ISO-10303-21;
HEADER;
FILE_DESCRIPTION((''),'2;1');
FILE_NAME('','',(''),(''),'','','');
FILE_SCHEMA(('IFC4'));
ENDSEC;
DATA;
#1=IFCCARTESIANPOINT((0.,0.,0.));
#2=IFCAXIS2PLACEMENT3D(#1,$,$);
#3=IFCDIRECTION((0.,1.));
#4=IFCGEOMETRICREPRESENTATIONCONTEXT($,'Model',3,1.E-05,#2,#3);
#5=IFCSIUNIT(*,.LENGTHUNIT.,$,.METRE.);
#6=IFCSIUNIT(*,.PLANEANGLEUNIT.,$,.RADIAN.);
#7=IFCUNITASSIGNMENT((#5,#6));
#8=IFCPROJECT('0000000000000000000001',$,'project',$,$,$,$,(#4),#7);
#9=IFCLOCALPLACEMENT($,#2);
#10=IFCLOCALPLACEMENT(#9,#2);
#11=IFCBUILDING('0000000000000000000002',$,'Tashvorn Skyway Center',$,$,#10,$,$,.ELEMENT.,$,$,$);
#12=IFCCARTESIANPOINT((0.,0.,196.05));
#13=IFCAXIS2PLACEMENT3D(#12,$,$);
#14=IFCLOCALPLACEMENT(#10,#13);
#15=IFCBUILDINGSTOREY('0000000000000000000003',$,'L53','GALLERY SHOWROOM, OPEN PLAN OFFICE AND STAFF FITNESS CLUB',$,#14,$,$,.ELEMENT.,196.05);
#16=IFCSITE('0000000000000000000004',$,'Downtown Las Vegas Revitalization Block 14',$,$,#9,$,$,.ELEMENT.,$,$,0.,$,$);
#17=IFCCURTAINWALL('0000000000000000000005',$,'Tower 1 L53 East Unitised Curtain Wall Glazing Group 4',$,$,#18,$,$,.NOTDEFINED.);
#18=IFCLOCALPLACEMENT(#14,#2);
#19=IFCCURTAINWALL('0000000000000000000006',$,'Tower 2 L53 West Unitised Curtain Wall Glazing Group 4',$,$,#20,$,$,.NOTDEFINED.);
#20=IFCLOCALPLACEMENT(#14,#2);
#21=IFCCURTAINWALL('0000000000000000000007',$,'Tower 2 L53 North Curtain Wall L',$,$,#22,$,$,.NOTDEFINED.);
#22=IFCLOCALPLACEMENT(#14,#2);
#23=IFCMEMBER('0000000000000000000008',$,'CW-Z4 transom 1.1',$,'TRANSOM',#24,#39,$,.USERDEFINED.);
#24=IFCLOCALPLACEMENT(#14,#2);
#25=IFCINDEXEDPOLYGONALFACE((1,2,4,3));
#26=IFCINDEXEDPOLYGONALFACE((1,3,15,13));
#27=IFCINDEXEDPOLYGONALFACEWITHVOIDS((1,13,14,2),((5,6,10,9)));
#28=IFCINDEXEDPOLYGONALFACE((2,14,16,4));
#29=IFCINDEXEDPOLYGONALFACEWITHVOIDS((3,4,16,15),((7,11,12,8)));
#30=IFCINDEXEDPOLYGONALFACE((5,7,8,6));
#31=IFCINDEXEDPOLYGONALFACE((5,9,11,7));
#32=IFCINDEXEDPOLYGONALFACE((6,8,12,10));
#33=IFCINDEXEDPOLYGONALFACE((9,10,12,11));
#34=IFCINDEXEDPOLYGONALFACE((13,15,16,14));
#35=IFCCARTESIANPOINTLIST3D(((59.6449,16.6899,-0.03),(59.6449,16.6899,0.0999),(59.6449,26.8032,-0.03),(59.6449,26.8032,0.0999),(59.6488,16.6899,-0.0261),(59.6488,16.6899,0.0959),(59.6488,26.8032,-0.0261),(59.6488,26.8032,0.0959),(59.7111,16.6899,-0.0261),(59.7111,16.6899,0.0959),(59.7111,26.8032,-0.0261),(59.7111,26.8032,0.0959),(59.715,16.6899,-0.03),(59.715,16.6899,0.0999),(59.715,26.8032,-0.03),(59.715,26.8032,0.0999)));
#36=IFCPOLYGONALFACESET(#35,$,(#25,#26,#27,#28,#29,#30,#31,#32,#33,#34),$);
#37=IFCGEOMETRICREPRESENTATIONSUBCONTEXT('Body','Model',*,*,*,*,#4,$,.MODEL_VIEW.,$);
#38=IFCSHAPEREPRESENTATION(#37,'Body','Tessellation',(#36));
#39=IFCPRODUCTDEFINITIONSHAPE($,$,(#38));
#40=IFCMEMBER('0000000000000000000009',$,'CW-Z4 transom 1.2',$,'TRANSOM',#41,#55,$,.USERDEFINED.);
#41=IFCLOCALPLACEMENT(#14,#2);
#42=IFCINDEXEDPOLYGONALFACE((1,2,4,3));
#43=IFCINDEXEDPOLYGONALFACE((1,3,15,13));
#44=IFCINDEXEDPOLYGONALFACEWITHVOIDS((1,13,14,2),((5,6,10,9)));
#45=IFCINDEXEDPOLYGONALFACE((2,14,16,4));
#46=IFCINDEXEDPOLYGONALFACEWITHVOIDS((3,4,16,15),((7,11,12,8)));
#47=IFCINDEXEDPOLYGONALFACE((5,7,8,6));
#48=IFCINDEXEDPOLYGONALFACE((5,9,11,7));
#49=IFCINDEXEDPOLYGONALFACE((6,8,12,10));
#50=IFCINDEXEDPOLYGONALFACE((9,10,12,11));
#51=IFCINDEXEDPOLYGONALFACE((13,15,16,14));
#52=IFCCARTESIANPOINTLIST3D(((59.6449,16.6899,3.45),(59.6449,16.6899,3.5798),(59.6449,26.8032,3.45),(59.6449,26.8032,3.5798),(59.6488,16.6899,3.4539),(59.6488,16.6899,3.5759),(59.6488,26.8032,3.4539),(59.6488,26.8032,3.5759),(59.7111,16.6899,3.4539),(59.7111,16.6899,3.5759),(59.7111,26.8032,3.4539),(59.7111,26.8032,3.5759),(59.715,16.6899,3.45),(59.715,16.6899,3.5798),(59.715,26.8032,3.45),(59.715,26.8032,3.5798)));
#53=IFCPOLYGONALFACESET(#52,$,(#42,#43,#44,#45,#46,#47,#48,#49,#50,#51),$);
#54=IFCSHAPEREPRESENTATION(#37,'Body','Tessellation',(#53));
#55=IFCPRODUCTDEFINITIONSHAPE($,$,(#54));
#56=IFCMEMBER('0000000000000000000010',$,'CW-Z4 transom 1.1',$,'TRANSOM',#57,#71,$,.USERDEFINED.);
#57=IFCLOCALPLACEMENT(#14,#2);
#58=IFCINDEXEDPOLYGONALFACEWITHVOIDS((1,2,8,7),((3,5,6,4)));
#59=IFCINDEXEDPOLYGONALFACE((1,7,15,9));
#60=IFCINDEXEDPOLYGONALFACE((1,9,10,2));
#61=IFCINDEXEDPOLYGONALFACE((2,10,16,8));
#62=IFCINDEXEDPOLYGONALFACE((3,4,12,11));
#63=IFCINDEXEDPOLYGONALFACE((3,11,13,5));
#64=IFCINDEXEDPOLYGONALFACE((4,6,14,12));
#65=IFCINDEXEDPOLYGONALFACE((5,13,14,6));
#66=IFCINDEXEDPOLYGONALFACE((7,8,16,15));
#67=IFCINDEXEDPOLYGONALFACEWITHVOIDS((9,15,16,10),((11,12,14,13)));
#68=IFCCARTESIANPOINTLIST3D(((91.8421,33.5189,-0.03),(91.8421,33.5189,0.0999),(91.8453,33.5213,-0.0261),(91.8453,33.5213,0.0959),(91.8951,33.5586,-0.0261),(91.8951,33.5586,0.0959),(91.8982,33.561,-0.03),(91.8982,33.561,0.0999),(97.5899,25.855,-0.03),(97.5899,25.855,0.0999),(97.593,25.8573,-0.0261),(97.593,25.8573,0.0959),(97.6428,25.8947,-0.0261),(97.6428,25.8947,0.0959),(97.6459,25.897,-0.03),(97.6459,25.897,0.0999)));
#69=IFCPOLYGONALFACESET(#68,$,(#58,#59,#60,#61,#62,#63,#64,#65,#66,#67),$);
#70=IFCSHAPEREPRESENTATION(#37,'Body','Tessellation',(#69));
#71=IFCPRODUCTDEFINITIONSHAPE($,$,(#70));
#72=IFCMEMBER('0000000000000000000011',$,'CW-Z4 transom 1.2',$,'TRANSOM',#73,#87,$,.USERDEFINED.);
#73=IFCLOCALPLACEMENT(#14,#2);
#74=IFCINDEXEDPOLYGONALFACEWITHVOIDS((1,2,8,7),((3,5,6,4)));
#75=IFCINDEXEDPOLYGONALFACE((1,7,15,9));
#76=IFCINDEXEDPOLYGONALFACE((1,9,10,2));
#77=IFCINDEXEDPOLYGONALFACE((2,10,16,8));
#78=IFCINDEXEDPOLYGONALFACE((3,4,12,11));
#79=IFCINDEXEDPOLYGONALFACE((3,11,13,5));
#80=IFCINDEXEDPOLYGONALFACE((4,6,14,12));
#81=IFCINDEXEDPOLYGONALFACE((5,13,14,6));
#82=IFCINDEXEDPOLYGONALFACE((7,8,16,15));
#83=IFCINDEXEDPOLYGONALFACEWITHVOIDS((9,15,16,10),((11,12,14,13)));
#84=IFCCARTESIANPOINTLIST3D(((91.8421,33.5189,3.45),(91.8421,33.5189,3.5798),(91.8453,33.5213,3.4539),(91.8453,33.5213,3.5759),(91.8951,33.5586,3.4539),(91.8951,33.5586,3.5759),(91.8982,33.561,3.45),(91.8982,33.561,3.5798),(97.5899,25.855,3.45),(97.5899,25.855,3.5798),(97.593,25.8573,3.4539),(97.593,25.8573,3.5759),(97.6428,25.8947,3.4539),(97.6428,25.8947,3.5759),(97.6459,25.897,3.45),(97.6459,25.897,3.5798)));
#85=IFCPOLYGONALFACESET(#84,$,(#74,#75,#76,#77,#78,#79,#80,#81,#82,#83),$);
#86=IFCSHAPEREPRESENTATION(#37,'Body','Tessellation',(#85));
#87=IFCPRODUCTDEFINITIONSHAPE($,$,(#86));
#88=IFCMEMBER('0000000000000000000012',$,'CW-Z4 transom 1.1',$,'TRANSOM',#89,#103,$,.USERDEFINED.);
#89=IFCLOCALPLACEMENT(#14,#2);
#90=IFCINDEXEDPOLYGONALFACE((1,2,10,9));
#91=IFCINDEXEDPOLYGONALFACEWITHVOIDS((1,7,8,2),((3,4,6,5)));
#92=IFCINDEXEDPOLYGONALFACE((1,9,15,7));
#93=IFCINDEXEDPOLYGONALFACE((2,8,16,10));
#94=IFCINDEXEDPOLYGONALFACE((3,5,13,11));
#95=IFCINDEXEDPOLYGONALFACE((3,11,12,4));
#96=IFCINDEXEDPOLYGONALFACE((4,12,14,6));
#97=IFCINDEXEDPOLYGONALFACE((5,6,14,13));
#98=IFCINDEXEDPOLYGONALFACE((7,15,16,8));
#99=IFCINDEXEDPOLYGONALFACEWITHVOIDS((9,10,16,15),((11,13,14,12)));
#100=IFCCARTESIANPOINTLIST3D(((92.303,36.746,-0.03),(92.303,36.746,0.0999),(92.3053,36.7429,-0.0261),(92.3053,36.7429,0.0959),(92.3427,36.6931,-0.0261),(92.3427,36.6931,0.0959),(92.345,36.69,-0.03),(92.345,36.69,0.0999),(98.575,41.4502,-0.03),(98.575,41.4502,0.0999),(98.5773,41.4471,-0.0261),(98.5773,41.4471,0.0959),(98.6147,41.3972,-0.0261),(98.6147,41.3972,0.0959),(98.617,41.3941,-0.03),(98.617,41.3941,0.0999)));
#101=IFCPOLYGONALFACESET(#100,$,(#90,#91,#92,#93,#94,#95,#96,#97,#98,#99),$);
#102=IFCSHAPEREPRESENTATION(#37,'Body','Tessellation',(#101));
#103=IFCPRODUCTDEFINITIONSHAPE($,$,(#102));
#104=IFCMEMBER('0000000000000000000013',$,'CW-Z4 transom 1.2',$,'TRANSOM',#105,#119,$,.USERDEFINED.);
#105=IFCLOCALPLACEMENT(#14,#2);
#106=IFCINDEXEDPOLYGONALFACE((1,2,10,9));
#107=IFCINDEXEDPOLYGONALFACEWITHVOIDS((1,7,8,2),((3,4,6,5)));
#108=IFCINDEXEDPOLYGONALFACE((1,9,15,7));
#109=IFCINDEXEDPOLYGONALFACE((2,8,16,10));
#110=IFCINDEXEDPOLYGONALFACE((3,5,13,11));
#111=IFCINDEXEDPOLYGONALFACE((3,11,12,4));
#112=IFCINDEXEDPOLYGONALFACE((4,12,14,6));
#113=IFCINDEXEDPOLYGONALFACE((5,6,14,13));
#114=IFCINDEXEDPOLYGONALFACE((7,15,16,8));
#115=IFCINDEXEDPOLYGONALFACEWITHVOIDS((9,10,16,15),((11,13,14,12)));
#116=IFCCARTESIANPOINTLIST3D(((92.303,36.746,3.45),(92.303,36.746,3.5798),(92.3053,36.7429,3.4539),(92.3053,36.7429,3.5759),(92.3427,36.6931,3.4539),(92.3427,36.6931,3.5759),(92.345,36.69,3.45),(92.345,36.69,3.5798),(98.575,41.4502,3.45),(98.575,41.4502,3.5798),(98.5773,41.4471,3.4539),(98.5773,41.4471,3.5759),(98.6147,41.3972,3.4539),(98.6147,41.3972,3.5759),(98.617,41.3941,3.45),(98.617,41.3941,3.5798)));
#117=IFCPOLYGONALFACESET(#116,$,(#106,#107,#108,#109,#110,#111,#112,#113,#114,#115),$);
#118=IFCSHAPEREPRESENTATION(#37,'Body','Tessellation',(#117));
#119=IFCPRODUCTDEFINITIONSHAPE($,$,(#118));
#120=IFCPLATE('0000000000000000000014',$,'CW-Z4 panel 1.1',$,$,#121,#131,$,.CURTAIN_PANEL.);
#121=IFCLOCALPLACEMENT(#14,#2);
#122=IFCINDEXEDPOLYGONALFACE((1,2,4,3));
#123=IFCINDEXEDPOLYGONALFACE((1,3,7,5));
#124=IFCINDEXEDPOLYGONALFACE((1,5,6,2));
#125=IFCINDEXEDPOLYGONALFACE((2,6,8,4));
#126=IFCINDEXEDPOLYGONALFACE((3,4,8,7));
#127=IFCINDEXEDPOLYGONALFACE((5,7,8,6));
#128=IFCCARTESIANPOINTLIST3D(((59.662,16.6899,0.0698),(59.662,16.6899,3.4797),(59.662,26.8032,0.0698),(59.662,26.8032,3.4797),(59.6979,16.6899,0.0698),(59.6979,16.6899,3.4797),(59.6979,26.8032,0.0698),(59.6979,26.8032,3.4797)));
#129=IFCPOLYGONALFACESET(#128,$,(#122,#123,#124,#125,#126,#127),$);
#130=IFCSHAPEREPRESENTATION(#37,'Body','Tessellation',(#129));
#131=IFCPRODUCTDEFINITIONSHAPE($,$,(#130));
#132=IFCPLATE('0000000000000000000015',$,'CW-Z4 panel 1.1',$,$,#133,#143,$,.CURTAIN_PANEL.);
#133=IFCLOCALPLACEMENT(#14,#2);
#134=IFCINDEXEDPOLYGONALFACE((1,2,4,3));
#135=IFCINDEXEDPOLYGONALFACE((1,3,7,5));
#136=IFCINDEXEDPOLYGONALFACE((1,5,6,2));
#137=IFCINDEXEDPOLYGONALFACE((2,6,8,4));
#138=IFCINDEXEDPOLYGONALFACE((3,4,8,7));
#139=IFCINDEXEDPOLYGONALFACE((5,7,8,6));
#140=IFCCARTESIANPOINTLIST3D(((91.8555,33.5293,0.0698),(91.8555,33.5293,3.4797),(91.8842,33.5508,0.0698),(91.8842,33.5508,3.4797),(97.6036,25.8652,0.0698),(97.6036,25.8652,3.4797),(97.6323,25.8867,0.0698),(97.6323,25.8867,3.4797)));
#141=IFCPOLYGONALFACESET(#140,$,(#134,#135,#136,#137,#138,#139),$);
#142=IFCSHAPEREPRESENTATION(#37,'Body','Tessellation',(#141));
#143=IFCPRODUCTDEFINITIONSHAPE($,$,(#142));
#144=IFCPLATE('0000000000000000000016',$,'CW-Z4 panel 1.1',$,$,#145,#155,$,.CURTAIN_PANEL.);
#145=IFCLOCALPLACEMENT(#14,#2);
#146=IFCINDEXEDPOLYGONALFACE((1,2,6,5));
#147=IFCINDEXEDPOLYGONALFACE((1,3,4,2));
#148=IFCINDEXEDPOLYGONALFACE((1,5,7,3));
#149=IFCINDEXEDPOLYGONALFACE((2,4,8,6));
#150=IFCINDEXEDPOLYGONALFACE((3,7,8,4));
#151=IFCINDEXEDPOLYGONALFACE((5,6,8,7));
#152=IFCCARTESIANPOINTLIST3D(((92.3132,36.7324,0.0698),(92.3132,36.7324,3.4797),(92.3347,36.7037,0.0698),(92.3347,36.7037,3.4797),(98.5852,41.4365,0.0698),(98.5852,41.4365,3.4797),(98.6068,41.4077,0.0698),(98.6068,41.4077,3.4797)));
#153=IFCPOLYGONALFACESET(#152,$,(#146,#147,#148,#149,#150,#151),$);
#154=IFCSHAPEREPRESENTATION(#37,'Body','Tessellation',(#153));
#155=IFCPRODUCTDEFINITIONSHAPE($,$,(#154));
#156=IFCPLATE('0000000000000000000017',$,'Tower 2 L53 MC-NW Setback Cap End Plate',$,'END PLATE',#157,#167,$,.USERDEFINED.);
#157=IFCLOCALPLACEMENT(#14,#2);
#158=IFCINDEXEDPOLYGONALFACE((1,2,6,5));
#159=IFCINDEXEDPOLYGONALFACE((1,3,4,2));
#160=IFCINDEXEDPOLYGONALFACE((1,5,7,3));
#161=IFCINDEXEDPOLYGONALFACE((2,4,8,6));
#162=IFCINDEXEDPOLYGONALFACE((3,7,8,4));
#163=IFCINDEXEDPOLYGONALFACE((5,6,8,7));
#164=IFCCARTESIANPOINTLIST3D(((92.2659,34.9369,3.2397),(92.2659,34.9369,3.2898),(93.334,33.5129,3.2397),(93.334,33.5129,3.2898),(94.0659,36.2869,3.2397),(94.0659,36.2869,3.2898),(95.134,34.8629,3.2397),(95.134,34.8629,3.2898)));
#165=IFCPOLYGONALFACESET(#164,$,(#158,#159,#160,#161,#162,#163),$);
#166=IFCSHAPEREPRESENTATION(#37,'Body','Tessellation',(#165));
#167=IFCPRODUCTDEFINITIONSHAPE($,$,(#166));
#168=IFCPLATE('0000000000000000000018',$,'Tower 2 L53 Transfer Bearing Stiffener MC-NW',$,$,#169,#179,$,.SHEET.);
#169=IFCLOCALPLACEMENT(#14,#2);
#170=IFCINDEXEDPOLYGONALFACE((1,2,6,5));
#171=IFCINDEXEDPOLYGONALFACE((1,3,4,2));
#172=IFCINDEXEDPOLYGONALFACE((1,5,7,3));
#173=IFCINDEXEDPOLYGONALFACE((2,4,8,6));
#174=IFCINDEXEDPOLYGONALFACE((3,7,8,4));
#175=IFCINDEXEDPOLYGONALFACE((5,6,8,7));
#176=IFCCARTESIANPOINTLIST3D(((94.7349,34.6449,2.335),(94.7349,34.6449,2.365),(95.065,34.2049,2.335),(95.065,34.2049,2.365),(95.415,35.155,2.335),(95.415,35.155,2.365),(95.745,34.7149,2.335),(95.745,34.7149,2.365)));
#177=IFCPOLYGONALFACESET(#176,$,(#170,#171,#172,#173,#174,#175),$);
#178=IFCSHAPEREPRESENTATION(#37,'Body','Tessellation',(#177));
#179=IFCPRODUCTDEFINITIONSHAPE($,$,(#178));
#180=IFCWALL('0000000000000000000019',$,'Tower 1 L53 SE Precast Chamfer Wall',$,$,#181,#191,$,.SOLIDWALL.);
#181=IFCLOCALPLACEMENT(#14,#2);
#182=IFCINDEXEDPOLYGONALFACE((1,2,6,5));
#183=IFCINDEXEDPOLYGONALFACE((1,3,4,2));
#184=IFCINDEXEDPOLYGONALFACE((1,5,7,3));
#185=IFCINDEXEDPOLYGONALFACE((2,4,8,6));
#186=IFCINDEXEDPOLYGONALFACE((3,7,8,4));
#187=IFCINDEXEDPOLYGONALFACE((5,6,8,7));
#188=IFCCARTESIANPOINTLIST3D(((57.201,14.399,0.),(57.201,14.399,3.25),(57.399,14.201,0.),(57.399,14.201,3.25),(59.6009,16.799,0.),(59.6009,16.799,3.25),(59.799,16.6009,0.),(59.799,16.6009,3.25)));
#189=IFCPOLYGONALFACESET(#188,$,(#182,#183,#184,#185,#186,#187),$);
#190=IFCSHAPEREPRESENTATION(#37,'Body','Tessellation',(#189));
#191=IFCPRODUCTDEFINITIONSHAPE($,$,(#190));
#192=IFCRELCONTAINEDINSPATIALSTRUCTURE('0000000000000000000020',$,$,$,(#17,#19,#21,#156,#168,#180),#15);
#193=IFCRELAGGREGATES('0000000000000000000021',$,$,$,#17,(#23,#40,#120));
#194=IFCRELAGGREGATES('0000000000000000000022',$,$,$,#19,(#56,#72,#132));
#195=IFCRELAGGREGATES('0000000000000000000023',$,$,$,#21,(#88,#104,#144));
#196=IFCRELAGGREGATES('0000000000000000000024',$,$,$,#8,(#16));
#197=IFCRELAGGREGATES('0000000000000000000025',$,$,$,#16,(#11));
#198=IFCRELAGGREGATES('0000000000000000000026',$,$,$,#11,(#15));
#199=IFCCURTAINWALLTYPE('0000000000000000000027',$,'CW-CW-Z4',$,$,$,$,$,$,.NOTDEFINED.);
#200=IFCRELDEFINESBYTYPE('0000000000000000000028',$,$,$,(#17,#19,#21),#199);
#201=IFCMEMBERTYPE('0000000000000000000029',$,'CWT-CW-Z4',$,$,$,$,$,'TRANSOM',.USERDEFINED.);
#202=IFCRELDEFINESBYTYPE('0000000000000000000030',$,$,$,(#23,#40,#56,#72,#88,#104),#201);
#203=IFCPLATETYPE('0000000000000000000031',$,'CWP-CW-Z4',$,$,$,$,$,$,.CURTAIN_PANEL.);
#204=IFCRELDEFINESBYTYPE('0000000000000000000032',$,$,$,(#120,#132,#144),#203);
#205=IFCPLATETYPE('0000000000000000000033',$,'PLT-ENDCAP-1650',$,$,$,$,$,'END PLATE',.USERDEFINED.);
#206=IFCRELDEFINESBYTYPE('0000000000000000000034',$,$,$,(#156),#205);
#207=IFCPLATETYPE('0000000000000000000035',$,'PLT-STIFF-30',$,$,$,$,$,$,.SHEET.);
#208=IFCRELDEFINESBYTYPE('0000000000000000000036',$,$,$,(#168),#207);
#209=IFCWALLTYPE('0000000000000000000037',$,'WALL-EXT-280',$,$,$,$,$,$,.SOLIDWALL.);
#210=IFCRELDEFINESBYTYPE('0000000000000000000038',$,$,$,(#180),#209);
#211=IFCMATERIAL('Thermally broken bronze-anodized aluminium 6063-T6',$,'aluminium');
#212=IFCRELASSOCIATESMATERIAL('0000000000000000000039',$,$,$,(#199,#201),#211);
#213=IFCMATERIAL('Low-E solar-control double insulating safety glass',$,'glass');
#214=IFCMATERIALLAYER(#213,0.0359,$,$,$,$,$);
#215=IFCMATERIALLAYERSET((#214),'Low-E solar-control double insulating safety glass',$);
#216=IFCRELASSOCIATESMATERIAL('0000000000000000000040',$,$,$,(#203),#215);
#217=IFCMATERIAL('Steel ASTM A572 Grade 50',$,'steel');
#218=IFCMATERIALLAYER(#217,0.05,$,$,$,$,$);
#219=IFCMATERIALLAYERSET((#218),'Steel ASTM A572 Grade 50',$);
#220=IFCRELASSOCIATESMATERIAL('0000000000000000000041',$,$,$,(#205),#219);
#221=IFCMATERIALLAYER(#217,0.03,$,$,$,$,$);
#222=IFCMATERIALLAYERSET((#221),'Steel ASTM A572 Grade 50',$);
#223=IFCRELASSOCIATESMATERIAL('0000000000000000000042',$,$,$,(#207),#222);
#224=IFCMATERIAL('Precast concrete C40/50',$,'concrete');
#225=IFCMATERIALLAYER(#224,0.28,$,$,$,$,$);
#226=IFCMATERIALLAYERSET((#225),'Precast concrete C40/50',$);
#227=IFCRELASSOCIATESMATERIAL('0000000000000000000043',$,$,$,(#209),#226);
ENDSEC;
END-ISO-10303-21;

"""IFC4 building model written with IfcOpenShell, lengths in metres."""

from ifc_helpers import new_model, si_unit, direction, frame, frame_2d, origin, origin_2d, place, context, subcontext, project, spatial, rectangle, hollow_rectangle, extrude, material, layer, layer_set, material_profile, profile_set, type_object, element, aggregate, save


model = new_model("IFC4")

# Units and contexts
model_context = context("Model", 3, precision=1e-05, world=origin(), true_north=direction((0.0, 1.0)))
body_context = subcontext(model_context, "Body", "Model", "MODEL_VIEW")
ifc_project = project(units=[si_unit("LENGTHUNIT", "METRE"), si_unit("PLANEANGLEUNIT", "RADIAN")], contexts=[model_context])

# Site, building, storey
site_placement = place(None, origin())
site = spatial("IfcSite", under=ifc_project, at=site_placement, Name="Downtown Las Vegas Revitalization Block 14", CompositionType="ELEMENT", RefElevation=0.0)
building_placement = place(site_placement, origin())
building = spatial("IfcBuilding", under=site, at=building_placement, Name="Tashvorn Skyway Center", CompositionType="ELEMENT")
storey_placement = place(building_placement, frame((0.0, 0.0, 196.05)))
storey = spatial("IfcBuildingStorey", under=building, at=storey_placement, Name="L53", Description="GALLERY SHOWROOM, OPEN PLAN OFFICE AND STAFF FITNESS CLUB", CompositionType="ELEMENT", Elevation=196.05)

# Shared definitions
ifc_material_1 = material(Name="Steel ASTM A572 Grade 50", Category="steel")

# Curtain wall
ifc_material_2 = material(Name="Thermally broken bronze-anodized aluminium 6063-T6", Category="aluminium")
curtain_wall_type = type_object("IfcCurtainWallType", Name="CW-CW-Z4", PredefinedType="NOTDEFINED", material=ifc_material_2)
curtain_wall_1_placement = place(storey_placement, origin())
curtain_wall_1 = element("IfcCurtainWall", 1, at=curtain_wall_1_placement, inside=storey, type_object=curtain_wall_type, Name="Tower 1 L53 East Unitised Curtain Wall Glazing Group 4", PredefinedType="NOTDEFINED")

# Curtain wall
curtain_wall_2_placement = place(storey_placement, origin())
curtain_wall_2 = element("IfcCurtainWall", 2, at=curtain_wall_2_placement, inside=storey, type_object=curtain_wall_type, Name="Tower 2 L53 West Unitised Curtain Wall Glazing Group 4", PredefinedType="NOTDEFINED")

# Curtain wall
curtain_wall_3_placement = place(storey_placement, origin())
curtain_wall_3 = element("IfcCurtainWall", 3, at=curtain_wall_3_placement, inside=storey, type_object=curtain_wall_type, Name="Tower 2 L53 North Curtain Wall L", PredefinedType="NOTDEFINED")

# Members
ifc_material_profile_1 = material_profile(ifc_material_2, hollow_rectangle(XDim=0.0701, YDim=0.1299, WallThickness=0.0039, at=origin_2d()), Name="ALU-TRAN-70x130")
ifc_profile_set_1 = profile_set([ifc_material_profile_1], Name="Thermally broken bronze-anodized aluminium 6063-T6")
member_type_1 = type_object("IfcMemberType", Name="CWT-CW-Z4", ElementType="TRANSOM", PredefinedType="USERDEFINED", material=ifc_profile_set_1)
member_1_placement = place(storey_placement, frame((59.6799, 26.8032, 0.0349), z_axis=(0.0, -1.0, 0.0), x_axis=(1.0, 0.0, 0.0)))
member_1 = element("IfcMember", 4, at=member_1_placement, type_object=member_type_1, Name="CW-Z4 transom 1.1", ObjectType="TRANSOM", PredefinedType="USERDEFINED", context=body_context, shape_type="SweptSolid", body=[
    extrude(hollow_rectangle(XDim=0.0701, YDim=0.1299, WallThickness=0.0039, at=origin_2d()), origin(), (0.0, 0.0, 1.0), 10.1133),
])
member_2_placement = place(storey_placement, frame((59.6799, 26.8032, 3.5149), z_axis=(0.0, -1.0, 0.0), x_axis=(1.0, 0.0, 0.0)))
member_2 = element("IfcMember", 5, at=member_2_placement, type_object=member_type_1, Name="CW-Z4 transom 1.2", ObjectType="TRANSOM", PredefinedType="USERDEFINED", context=body_context, shape_type="SweptSolid", body=[
    extrude(hollow_rectangle(XDim=0.0701, YDim=0.1299, WallThickness=0.0039, at=origin_2d()), origin(), (0.0, 0.0, 1.0), 10.1133),
])
member_3_placement = place(storey_placement, frame((97.6179, 25.876, 0.0349), z_axis=(-0.599984, 0.800012, 0.0), x_axis=(-0.800012, -0.599984, 0.0)))
member_3 = element("IfcMember", 6, at=member_3_placement, type_object=member_type_1, Name="CW-Z4 transom 1.1", ObjectType="TRANSOM", PredefinedType="USERDEFINED", context=body_context, shape_type="SweptSolid", body=[
    extrude(hollow_rectangle(XDim=0.0701, YDim=0.1299, WallThickness=0.0039, at=origin_2d()), origin(), (0.0, 0.0, 1.0), 9.5798),
])
member_4_placement = place(storey_placement, frame((97.6179, 25.876, 3.5149), z_axis=(-0.599984, 0.800012, 0.0), x_axis=(-0.800012, -0.599984, 0.0)))
member_4 = element("IfcMember", 7, at=member_4_placement, type_object=member_type_1, Name="CW-Z4 transom 1.2", ObjectType="TRANSOM", PredefinedType="USERDEFINED", context=body_context, shape_type="SweptSolid", body=[
    extrude(hollow_rectangle(XDim=0.0701, YDim=0.1299, WallThickness=0.0039, at=origin_2d()), origin(), (0.0, 0.0, 1.0), 9.5798),
])
member_5_placement = place(storey_placement, frame((92.324, 36.718, 0.0349), z_axis=(0.799993, 0.60001, 0.0), x_axis=(-0.60001, 0.799993, 0.0)))
member_5 = element("IfcMember", 8, at=member_5_placement, type_object=member_type_1, Name="CW-Z4 transom 1.1", ObjectType="TRANSOM", PredefinedType="USERDEFINED", context=body_context, shape_type="SweptSolid", body=[
    extrude(hollow_rectangle(XDim=0.0701, YDim=0.1299, WallThickness=0.0039, at=origin_2d()), origin(), (0.0, 0.0, 1.0), 7.8401),
])
member_6_placement = place(storey_placement, frame((92.324, 36.718, 3.5149), z_axis=(0.799993, 0.60001, 0.0), x_axis=(-0.60001, 0.799993, 0.0)))
member_6 = element("IfcMember", 9, at=member_6_placement, type_object=member_type_1, Name="CW-Z4 transom 1.2", ObjectType="TRANSOM", PredefinedType="USERDEFINED", context=body_context, shape_type="SweptSolid", body=[
    extrude(hollow_rectangle(XDim=0.0701, YDim=0.1299, WallThickness=0.0039, at=origin_2d()), origin(), (0.0, 0.0, 1.0), 7.8401),
])

# Plates
ifc_material_3 = material(Name="Low-E solar-control double insulating safety glass", Category="glass")
ifc_layer_1 = layer(ifc_material_3, 0.0359)
ifc_layer_set_1 = layer_set([ifc_layer_1], Name="Low-E solar-control double insulating safety glass")
plate_type_1 = type_object("IfcPlateType", Name="CWP-CW-Z4", PredefinedType="CURTAIN_PANEL", material=ifc_layer_set_1)
plate_1_placement = place(storey_placement, frame((59.6799, 21.7466, 0.0698), z_axis=(0.0, 0.0, 1.0), x_axis=(0.0, -1.0, 0.0)))
plate_1 = element("IfcPlate", 10, at=plate_1_placement, type_object=plate_type_1, Name="CW-Z4 panel 1.1", PredefinedType="CURTAIN_PANEL", context=body_context, shape_type="SweptSolid", body=[
    extrude(rectangle(XDim=10.1133, YDim=0.0359, at=origin_2d()), origin(), (0.0, 0.0, 1.0), 3.4099),
])
aggregate(curtain_wall_1, [member_1, member_2, plate_1])
plate_2_placement = place(storey_placement, frame((94.7439, 29.708, 0.0698), z_axis=(0.0, 0.0, 1.0), x_axis=(-0.6, 0.8, 0.0)))
plate_2 = element("IfcPlate", 11, at=plate_2_placement, type_object=plate_type_1, Name="CW-Z4 panel 1.1", PredefinedType="CURTAIN_PANEL", context=body_context, shape_type="SweptSolid", body=[
    extrude(rectangle(XDim=9.5801, YDim=0.0359, at=origin_2d()), origin(), (0.0, 0.0, 1.0), 3.4099),
])
aggregate(curtain_wall_2, [member_3, member_4, plate_2])
plate_3_placement = place(storey_placement, frame((95.46, 39.0701, 0.0698), z_axis=(0.0, 0.0, 1.0), x_axis=(0.8, 0.6, 0.0)))
plate_3 = element("IfcPlate", 12, at=plate_3_placement, type_object=plate_type_1, Name="CW-Z4 panel 1.1", PredefinedType="CURTAIN_PANEL", context=body_context, shape_type="SweptSolid", body=[
    extrude(rectangle(XDim=7.8401, YDim=0.0359, at=origin_2d()), origin(), (0.0, 0.0, 1.0), 3.4099),
])
aggregate(curtain_wall_3, [member_5, member_6, plate_3])

# Plates
ifc_layer_2 = layer(ifc_material_1, 0.05)
ifc_layer_set_2 = layer_set([ifc_layer_2], Name="Steel ASTM A572 Grade 50")
plate_type_2 = type_object("IfcPlateType", Name="PLT-ENDCAP-1650", ElementType="END PLATE", PredefinedType="USERDEFINED", material=ifc_layer_set_2)
plate_4_placement = place(storey_placement, frame((93.7, 34.8999, 3.2397), z_axis=(0.0, 0.0, 1.0), x_axis=(0.8, 0.6, 0.0)))
element("IfcPlate", 13, at=plate_4_placement, inside=storey, type_object=plate_type_2, Name="Tower 2 L53 MC-NW Setback Cap End Plate", ObjectType="END PLATE", PredefinedType="USERDEFINED", context=body_context, shape_type="SweptSolid", body=[
    extrude(rectangle(XDim=2.25, YDim=1.78, at=origin_2d()), origin(), (0.0, 0.0, 1.0), 0.05),
])
ifc_layer_3 = layer(ifc_material_1, 0.03)
ifc_layer_set_3 = layer_set([ifc_layer_3], Name="Steel ASTM A572 Grade 50")
plate_type_3 = type_object("IfcPlateType", Name="PLT-STIFF-30", PredefinedType="SHEET", material=ifc_layer_set_3)
plate_5_placement = place(storey_placement, frame((95.24, 34.6799, 2.335), z_axis=(0.0, 0.0, 1.0), x_axis=(0.8, 0.6, 0.0)))
element("IfcPlate", 14, at=plate_5_placement, inside=storey, type_object=plate_type_3, Name="Tower 2 L53 Transfer Bearing Stiffener MC-NW", PredefinedType="SHEET", context=body_context, shape_type="SweptSolid", body=[
    extrude(rectangle(XDim=0.8501, YDim=0.55, at=origin_2d()), origin(), (0.0, 0.0, 1.0), 0.03),
])

# Wall
ifc_material_4 = material(Name="Precast concrete C40/50", Category="concrete")
ifc_layer_4 = layer(ifc_material_4, 0.28)
ifc_layer_set_4 = layer_set([ifc_layer_4], Name="Precast concrete C40/50")
wall_type_1 = type_object("IfcWallType", Name="WALL-EXT-280", PredefinedType="SOLIDWALL", material=ifc_layer_set_4)
wall_1_placement = place(storey_placement, frame((59.7, 16.7, 0.0), z_axis=(0.0, 0.0, 1.0), x_axis=(-0.707107, -0.707107, 0.0)))
element("IfcWall", 15, at=wall_1_placement, inside=storey, type_object=wall_type_1, Name="Tower 1 L53 SE Precast Chamfer Wall", PredefinedType="SOLIDWALL", context=body_context, shape_type="SweptSolid", body=[
    extrude(rectangle(XDim=3.394, YDim=0.28, at=frame_2d((1.697, 0.0))), origin(), (0.0, 0.0, 1.0), 3.25),
])

save(model, "model.ifc")
